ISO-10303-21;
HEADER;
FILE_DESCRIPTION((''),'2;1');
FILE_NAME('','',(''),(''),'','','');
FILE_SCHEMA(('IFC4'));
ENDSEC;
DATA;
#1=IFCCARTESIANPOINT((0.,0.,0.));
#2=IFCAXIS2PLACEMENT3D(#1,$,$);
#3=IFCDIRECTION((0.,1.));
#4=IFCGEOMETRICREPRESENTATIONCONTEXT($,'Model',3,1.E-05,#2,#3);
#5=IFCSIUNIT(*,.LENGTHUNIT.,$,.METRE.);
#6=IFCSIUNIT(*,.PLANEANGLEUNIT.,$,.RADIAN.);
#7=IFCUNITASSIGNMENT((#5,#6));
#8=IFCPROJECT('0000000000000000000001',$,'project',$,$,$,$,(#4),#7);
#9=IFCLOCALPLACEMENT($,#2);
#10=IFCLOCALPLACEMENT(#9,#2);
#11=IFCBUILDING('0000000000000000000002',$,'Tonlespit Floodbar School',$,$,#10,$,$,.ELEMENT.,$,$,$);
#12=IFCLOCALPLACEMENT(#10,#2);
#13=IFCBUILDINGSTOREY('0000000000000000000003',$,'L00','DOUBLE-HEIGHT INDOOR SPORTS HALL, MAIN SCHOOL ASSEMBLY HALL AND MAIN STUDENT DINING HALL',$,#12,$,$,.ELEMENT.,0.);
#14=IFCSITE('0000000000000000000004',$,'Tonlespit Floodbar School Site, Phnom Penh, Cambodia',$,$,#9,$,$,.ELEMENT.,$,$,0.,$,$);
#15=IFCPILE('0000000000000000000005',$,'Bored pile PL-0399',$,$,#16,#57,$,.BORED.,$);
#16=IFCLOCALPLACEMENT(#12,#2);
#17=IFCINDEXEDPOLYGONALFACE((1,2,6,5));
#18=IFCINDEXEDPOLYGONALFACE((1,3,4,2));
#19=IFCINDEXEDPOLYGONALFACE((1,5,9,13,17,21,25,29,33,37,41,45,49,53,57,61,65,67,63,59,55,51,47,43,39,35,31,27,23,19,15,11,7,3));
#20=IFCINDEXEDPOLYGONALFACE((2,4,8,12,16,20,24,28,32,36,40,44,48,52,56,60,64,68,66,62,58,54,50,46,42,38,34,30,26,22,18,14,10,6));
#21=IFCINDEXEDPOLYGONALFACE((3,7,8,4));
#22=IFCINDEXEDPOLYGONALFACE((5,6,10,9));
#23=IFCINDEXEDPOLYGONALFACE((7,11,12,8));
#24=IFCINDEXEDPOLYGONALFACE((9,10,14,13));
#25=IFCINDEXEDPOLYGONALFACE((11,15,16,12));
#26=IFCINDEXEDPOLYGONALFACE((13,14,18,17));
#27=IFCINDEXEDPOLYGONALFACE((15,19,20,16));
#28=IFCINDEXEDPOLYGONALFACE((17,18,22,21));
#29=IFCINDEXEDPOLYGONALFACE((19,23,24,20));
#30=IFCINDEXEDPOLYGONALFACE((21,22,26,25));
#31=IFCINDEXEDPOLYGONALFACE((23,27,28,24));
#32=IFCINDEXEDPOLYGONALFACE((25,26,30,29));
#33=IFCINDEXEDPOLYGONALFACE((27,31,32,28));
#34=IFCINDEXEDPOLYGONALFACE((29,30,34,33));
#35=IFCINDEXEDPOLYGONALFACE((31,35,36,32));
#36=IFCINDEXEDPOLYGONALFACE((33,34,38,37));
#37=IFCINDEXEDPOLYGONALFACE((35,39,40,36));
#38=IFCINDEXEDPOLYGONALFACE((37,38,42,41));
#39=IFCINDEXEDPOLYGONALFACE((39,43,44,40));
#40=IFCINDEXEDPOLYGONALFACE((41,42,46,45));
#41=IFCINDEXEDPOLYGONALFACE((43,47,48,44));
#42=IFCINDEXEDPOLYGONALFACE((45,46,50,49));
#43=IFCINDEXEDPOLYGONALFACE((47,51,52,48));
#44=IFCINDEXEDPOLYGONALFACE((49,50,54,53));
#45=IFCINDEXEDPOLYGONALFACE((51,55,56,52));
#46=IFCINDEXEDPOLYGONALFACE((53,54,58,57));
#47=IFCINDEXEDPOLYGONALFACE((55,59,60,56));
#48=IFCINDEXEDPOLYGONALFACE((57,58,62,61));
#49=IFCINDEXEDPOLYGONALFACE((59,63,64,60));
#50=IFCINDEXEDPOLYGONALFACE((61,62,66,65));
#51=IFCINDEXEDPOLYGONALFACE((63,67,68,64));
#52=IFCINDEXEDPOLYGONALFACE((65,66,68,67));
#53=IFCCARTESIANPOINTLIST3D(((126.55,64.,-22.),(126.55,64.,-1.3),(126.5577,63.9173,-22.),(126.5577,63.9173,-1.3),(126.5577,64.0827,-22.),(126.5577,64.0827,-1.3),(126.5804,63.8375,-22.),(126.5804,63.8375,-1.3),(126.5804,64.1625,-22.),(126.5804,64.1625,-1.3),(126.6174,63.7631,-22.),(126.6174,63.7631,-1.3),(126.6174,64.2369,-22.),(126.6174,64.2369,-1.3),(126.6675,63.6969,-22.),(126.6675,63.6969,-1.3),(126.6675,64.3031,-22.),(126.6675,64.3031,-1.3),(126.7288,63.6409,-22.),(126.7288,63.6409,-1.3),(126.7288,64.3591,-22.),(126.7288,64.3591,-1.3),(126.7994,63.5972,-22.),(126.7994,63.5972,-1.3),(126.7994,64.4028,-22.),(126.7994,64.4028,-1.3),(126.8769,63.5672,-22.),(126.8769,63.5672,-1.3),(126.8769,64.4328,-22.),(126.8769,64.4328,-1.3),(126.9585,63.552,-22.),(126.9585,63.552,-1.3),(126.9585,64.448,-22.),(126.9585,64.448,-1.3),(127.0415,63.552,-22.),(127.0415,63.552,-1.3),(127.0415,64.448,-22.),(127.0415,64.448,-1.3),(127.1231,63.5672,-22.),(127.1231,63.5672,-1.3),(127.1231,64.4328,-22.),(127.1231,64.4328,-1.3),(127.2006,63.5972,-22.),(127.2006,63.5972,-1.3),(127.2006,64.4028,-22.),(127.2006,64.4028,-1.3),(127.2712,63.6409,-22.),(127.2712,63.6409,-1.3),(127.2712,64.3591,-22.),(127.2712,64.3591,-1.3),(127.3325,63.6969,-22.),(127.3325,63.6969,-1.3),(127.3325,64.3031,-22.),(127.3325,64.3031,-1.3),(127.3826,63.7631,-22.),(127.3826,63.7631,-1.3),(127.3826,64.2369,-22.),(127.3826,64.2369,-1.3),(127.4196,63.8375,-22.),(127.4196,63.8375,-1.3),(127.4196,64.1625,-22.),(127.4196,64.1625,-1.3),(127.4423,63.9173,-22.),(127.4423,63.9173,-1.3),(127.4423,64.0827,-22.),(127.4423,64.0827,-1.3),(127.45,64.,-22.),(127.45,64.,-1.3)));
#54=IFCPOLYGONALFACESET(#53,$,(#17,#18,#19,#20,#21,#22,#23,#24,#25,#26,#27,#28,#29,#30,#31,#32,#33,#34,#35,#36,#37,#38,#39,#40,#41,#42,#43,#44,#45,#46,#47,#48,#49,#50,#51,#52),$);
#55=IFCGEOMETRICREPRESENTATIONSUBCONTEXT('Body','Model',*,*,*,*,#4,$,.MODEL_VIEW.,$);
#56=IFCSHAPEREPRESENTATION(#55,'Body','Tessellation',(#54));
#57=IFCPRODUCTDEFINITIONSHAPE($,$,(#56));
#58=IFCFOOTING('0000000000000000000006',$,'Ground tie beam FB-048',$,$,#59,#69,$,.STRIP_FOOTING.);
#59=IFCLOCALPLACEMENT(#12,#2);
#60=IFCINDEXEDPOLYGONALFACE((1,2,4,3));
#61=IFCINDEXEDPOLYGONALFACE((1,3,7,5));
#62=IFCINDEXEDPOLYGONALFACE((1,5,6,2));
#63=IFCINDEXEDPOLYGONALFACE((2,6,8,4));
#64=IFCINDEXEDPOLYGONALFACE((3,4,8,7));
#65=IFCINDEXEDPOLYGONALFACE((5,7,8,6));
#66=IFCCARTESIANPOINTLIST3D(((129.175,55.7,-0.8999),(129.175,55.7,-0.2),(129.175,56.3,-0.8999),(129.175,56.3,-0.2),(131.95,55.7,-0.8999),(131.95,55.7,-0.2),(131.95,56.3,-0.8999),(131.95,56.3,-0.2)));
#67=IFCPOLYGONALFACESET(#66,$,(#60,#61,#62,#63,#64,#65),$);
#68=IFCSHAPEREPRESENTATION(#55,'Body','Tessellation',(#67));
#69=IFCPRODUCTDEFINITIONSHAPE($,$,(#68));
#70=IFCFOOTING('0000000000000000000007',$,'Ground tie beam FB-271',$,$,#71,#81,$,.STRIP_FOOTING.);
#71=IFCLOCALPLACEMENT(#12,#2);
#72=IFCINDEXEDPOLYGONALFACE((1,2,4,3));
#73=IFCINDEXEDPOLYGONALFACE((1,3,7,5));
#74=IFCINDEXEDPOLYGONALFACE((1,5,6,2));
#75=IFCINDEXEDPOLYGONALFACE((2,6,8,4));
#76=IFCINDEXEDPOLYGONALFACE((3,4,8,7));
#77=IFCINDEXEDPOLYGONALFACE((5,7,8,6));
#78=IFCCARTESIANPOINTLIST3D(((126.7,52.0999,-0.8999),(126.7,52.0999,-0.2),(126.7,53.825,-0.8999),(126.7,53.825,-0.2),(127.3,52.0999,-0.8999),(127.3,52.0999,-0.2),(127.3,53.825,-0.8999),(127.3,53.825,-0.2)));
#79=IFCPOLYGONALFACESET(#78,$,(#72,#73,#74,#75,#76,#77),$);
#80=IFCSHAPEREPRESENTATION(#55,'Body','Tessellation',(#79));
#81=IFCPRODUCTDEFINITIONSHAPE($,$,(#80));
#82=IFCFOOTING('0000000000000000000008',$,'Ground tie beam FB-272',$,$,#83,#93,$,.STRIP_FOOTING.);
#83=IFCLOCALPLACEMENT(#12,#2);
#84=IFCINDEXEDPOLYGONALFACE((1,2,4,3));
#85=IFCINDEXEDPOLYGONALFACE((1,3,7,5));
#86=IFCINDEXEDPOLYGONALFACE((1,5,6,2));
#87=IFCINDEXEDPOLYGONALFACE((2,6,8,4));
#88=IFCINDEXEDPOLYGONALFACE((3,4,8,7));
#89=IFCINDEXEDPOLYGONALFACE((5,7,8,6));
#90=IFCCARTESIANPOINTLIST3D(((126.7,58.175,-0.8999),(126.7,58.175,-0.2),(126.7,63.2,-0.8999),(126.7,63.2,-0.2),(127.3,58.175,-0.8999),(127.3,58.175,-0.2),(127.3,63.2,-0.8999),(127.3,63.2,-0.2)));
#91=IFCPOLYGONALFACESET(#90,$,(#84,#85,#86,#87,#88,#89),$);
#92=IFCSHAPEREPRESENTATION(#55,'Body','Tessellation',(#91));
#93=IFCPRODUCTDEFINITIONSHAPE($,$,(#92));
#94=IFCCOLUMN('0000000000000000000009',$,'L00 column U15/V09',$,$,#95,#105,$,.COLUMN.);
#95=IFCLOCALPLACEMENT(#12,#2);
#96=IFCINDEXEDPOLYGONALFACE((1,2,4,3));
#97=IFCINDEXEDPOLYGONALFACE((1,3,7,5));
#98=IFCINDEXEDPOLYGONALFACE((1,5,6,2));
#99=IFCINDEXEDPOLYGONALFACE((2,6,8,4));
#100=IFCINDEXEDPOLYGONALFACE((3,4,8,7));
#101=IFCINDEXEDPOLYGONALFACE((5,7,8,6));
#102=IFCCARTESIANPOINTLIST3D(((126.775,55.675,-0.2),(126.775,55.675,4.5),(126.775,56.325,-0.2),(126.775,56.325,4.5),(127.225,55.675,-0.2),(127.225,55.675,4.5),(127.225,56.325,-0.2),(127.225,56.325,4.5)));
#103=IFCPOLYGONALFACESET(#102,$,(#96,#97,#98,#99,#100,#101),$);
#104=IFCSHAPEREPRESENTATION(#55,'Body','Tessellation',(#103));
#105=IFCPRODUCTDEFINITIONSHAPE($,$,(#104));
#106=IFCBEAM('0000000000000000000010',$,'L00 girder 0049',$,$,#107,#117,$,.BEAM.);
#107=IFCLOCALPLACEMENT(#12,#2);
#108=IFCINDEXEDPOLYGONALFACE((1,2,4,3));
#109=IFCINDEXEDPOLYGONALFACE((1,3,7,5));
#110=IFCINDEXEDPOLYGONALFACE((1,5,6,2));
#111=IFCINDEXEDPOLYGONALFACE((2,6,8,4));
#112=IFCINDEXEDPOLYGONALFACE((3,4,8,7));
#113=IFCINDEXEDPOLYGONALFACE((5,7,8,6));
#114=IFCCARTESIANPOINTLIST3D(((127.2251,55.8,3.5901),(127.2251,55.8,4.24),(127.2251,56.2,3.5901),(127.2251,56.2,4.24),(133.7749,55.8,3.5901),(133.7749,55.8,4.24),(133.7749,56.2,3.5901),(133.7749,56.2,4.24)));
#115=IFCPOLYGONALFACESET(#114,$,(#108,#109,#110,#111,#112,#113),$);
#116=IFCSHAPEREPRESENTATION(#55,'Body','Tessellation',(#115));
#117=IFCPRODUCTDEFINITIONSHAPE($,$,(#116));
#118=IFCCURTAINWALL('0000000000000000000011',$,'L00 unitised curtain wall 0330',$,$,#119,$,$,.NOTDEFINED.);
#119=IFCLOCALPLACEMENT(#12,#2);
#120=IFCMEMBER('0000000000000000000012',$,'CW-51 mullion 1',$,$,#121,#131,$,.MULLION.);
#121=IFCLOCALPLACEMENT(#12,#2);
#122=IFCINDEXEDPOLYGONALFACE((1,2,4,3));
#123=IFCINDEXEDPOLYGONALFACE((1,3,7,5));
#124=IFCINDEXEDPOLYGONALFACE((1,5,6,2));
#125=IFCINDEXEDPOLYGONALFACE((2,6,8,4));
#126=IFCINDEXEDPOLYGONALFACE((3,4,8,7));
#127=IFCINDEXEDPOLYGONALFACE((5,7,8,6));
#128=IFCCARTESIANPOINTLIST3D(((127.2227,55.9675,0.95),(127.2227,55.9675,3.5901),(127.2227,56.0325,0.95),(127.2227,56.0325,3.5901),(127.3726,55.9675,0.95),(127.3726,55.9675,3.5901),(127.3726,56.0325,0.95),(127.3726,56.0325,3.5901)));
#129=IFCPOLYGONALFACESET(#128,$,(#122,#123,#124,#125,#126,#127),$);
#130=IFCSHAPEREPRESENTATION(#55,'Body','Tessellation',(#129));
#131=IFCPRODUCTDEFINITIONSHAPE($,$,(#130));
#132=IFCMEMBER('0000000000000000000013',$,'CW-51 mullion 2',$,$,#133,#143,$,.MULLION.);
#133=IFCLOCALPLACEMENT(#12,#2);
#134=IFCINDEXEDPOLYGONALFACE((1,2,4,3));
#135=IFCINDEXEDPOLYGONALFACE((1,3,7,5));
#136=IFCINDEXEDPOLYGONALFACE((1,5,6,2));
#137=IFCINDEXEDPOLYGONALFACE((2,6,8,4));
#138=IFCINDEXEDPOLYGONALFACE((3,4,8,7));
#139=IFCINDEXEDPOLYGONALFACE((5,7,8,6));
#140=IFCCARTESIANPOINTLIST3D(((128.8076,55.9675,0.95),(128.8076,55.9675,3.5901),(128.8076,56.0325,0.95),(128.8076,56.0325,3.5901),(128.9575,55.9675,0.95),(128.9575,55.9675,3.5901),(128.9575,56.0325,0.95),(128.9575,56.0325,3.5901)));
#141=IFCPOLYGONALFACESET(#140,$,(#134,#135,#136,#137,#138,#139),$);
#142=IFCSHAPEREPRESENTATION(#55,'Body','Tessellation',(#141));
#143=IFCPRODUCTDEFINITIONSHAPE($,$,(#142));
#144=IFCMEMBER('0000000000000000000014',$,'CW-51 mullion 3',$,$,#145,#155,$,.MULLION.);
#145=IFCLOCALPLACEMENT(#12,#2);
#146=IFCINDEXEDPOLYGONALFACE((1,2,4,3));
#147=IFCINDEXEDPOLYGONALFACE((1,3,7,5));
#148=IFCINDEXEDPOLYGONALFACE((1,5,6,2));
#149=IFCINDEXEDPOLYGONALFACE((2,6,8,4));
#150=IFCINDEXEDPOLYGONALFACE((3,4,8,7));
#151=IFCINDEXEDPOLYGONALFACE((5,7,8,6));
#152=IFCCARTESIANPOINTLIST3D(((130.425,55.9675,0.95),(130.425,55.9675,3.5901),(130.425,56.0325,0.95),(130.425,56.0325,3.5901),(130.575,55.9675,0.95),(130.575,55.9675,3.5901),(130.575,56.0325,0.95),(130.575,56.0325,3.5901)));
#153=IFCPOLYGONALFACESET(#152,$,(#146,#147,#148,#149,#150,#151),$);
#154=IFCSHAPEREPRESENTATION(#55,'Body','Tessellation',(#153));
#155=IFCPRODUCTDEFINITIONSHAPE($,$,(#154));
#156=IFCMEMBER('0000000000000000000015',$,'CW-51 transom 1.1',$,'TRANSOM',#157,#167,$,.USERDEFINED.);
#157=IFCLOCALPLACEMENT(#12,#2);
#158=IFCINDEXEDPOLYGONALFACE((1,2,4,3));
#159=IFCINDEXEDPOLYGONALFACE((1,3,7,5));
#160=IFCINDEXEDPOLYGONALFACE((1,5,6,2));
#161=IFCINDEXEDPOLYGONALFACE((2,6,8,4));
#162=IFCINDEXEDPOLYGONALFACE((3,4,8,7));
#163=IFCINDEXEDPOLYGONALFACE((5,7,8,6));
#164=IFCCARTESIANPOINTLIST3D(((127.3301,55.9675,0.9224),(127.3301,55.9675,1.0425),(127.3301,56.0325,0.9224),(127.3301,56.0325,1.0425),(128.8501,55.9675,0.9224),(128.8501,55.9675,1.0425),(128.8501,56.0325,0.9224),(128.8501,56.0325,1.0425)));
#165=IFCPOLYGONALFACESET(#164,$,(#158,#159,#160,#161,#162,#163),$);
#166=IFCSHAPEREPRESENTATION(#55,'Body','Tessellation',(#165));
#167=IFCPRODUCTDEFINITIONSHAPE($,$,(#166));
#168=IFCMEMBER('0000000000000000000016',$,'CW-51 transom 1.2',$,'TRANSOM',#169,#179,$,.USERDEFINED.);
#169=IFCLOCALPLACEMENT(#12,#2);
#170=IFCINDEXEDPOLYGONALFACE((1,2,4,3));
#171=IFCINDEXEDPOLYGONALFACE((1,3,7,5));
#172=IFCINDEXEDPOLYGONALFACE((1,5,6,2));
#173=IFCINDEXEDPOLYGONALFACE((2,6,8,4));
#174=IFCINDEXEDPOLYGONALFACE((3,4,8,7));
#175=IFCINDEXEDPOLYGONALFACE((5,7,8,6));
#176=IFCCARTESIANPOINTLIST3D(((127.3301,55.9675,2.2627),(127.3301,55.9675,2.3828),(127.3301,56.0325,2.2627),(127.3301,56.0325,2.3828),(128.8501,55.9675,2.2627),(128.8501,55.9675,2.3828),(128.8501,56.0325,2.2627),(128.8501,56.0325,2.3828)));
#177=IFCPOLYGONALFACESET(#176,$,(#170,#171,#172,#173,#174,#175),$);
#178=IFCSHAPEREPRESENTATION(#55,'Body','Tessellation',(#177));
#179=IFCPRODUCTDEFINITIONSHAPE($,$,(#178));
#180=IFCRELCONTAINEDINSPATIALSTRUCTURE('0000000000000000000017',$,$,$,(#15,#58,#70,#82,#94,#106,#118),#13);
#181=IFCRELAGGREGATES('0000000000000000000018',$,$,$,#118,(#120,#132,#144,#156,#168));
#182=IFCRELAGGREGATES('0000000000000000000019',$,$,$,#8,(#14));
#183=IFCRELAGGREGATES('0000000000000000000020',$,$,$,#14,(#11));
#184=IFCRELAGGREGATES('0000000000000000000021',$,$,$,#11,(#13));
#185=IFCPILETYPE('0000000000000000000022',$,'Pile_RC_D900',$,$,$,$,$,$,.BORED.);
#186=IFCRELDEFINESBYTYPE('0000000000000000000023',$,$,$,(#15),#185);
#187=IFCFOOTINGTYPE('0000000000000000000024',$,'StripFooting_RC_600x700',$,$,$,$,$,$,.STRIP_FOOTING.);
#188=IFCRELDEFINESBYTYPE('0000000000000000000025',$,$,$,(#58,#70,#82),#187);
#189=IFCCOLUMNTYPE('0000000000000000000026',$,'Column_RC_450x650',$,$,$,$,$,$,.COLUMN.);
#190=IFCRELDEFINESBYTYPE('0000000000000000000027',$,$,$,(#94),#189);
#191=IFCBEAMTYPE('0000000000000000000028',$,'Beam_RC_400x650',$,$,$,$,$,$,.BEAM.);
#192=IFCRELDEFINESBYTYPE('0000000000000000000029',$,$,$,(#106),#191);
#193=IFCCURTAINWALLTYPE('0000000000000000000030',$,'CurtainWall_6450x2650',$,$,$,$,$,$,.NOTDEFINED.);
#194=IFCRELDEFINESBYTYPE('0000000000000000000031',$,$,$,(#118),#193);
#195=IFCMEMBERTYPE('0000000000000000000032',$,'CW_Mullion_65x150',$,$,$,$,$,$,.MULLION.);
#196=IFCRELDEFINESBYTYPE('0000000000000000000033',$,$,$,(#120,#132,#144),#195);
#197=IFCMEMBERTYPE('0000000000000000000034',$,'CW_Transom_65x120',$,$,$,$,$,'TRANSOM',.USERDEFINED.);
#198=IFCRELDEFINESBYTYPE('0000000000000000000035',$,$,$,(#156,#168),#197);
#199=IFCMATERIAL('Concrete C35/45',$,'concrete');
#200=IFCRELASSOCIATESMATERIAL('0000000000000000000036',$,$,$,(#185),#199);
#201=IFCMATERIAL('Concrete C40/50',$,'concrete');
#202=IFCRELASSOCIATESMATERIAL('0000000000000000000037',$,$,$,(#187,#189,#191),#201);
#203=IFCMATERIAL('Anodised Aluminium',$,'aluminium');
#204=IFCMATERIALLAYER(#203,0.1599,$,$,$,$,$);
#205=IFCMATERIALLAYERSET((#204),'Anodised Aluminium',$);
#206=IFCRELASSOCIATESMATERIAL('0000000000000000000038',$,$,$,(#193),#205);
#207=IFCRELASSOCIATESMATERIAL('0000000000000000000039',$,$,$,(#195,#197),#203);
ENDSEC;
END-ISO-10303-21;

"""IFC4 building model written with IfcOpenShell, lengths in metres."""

from ifc_helpers import new_model, si_unit, direction, frame, origin, origin_2d, place, context, subcontext, project, spatial, rectangle, circle, extrude, material, layer, layer_set, material_profile, profile_set, type_object, element, aggregate, save


model = new_model("IFC4")

# Units and contexts
model_context = context("Model", 3, precision=1e-05, world=origin(), true_north=direction((0.0, 1.0)))
body_context = subcontext(model_context, "Body", "Model", "MODEL_VIEW")
ifc_project = project(units=[si_unit("LENGTHUNIT", "METRE"), si_unit("PLANEANGLEUNIT", "RADIAN")], contexts=[model_context])

# Site, building, storey
site_placement = place(None, origin())
site = spatial("IfcSite", under=ifc_project, at=site_placement, Name="Tonlespit Floodbar School Site, Phnom Penh, Cambodia", CompositionType="ELEMENT", RefElevation=0.0)
building_placement = place(site_placement, origin())
building = spatial("IfcBuilding", under=site, at=building_placement, Name="Tonlespit Floodbar School", CompositionType="ELEMENT")
storey_placement = place(building_placement, origin())
storey = spatial("IfcBuildingStorey", under=building, at=storey_placement, Name="L00", Description="DOUBLE-HEIGHT INDOOR SPORTS HALL, MAIN SCHOOL ASSEMBLY HALL AND MAIN STUDENT DINING HALL", CompositionType="ELEMENT", Elevation=0.0)

# Shared definitions
ifc_material_1 = material(Name="Concrete C40/50", Category="concrete")

# Pile
ifc_material_2 = material(Name="Concrete C35/45", Category="concrete")
ifc_material_profile_1 = material_profile(ifc_material_2, circle(Radius=0.45, at=origin_2d()), Name="BP D900")
ifc_profile_set_1 = profile_set([ifc_material_profile_1], Name="Concrete C35/45")
pile_type = type_object("IfcPileType", Name="Pile_RC_D900", PredefinedType="BORED", material=ifc_profile_set_1)
for number, where, z_axis, x_axis, name in (
    (1, (127.0, 64.0, -1.3), (0.0, 0.0, -1.0), (1.0, 0.0, 0.0), "Bored pile PL-0399"),
):
    element("IfcPile", number, at=place(storey_placement, frame(where, z_axis=z_axis, x_axis=x_axis)), inside=storey, type_object=pile_type, Name=name, PredefinedType="BORED", context=body_context, shape_type="SweptSolid", body=[
        extrude(circle(Radius=0.45, at=origin_2d()), origin(), (0.0, 0.0, 1.0), 20.7),
    ])

# Footings
footing_type_1 = type_object("IfcFootingType", Name="StripFooting_RC_600x700", PredefinedType="STRIP_FOOTING", material=ifc_material_1)
footing_1_placement = place(storey_placement, frame((130.5625, 56.0, -0.8999), z_axis=(0.0, 0.0, 1.0), x_axis=(1.0, 0.0, 0.0)))
element("IfcFooting", 2, at=footing_1_placement, inside=storey, type_object=footing_type_1, Name="Ground tie beam FB-048", PredefinedType="STRIP_FOOTING", context=body_context, shape_type="SweptSolid", body=[
    extrude(rectangle(XDim=2.7749, YDim=0.6001, at=origin_2d()), origin(), (0.0, 0.0, 1.0), 0.7),
])
footing_2_placement = place(storey_placement, frame((127.0, 52.9624, -0.8999), z_axis=(0.0, 0.0, 1.0), x_axis=(0.0, 1.0, 0.0)))
element("IfcFooting", 3, at=footing_2_placement, inside=storey, type_object=footing_type_1, Name="Ground tie beam FB-271", PredefinedType="STRIP_FOOTING", context=body_context, shape_type="SweptSolid", body=[
    extrude(rectangle(XDim=1.7251, YDim=0.6001, at=origin_2d()), origin(), (0.0, 0.0, 1.0), 0.7),
])
footing_3_placement = place(storey_placement, frame((127.0, 60.6875, -0.8999), z_axis=(0.0, 0.0, 1.0), x_axis=(0.0, 1.0, 0.0)))
element("IfcFooting", 4, at=footing_3_placement, inside=storey, type_object=footing_type_1, Name="Ground tie beam FB-272", PredefinedType="STRIP_FOOTING", context=body_context, shape_type="SweptSolid", body=[
    extrude(rectangle(XDim=5.0249, YDim=0.6001, at=origin_2d()), origin(), (0.0, 0.0, 1.0), 0.7),
])

# Column
ifc_material_profile_2 = material_profile(ifc_material_1, rectangle(XDim=0.45, YDim=0.6499, at=origin_2d()), Name="RC 450x650")
ifc_profile_set_2 = profile_set([ifc_material_profile_2], Name="Concrete C40/50")
column_type = type_object("IfcColumnType", Name="Column_RC_450x650", PredefinedType="COLUMN", material=ifc_profile_set_2)
column_placement = place(storey_placement, frame((127.0, 56.0, -0.2), z_axis=(0.0, 0.0, 1.0), x_axis=(1.0, 0.0, 0.0)))
element("IfcColumn", 5, at=column_placement, inside=storey, type_object=column_type, Name="L00 column U15/V09", PredefinedType="COLUMN", context=body_context, shape_type="SweptSolid", body=[
    extrude(rectangle(XDim=0.45, YDim=0.6499, at=origin_2d()), origin(), (0.0, 0.0, 1.0), 4.7),
])

# Beam
ifc_material_profile_3 = material_profile(ifc_material_1, rectangle(XDim=0.3999, YDim=0.6499, at=origin_2d()), Name="RC 400x650")
ifc_profile_set_3 = profile_set([ifc_material_profile_3], Name="Concrete C40/50")
beam_type_1 = type_object("IfcBeamType", Name="Beam_RC_400x650", PredefinedType="BEAM", material=ifc_profile_set_3)
beam_1_placement = place(storey_placement, frame((127.2251, 56.0, 3.915), z_axis=(1.0, 0.0, 0.0), x_axis=(0.0, 1.0, 0.0)))
element("IfcBeam", 6, at=beam_1_placement, inside=storey, type_object=beam_type_1, Name="L00 girder 0049", PredefinedType="BEAM", context=body_context, shape_type="SweptSolid", body=[
    extrude(rectangle(XDim=0.3999, YDim=0.6499, at=origin_2d()), origin(), (0.0, 0.0, 1.0), 6.5498),
])

# Curtain wall, members
ifc_material_3 = material(Name="Anodised Aluminium", Category="aluminium")
ifc_layer_1 = layer(ifc_material_3, 0.1599)
ifc_layer_set_1 = layer_set([ifc_layer_1], Name="Anodised Aluminium")
curtain_wall_type = type_object("IfcCurtainWallType", Name="CurtainWall_6450x2650", PredefinedType="NOTDEFINED", material=ifc_layer_set_1)
curtain_wall_placement = place(storey_placement, origin())
curtain_wall = element("IfcCurtainWall", 7, at=curtain_wall_placement, inside=storey, type_object=curtain_wall_type, Name="L00 unitised curtain wall 0330", PredefinedType="NOTDEFINED")
ifc_material_profile_4 = material_profile(ifc_material_3, rectangle(XDim=0.0649, YDim=0.1499, at=origin_2d()), Name="ALU M65x150")
ifc_profile_set_4 = profile_set([ifc_material_profile_4], Name="Anodised Aluminium")
member_type_1 = type_object("IfcMemberType", Name="CW_Mullion_65x150", PredefinedType="MULLION", material=ifc_profile_set_4)
member_1_placement = place(storey_placement, frame((127.2976, 56.0, 0.95), z_axis=(0.0, 0.0, 1.0), x_axis=(0.0, 1.0, 0.0)))
member_1 = element("IfcMember", 8, at=member_1_placement, type_object=member_type_1, Name="CW-51 mullion 1", PredefinedType="MULLION", context=body_context, shape_type="SweptSolid", body=[
    extrude(rectangle(XDim=0.0649, YDim=0.1499, at=origin_2d()), origin(), (0.0, 0.0, 1.0), 2.6401),
])
member_2_placement = place(storey_placement, frame((128.8826, 56.0, 0.95), z_axis=(0.0, 0.0, 1.0), x_axis=(0.0, 1.0, 0.0)))
member_2 = element("IfcMember", 9, at=member_2_placement, type_object=member_type_1, Name="CW-51 mullion 2", PredefinedType="MULLION", context=body_context, shape_type="SweptSolid", body=[
    extrude(rectangle(XDim=0.0649, YDim=0.1499, at=origin_2d()), origin(), (0.0, 0.0, 1.0), 2.6401),
])
member_3_placement = place(storey_placement, frame((130.5, 56.0, 0.95), z_axis=(0.0, 0.0, 1.0), x_axis=(0.0, 1.0, 0.0)))
member_3 = element("IfcMember", 10, at=member_3_placement, type_object=member_type_1, Name="CW-51 mullion 3", PredefinedType="MULLION", context=body_context, shape_type="SweptSolid", body=[
    extrude(rectangle(XDim=0.0649, YDim=0.1499, at=origin_2d()), origin(), (0.0, 0.0, 1.0), 2.6401),
])
ifc_material_profile_5 = material_profile(ifc_material_3, rectangle(XDim=0.0649, YDim=0.1201, at=origin_2d()), Name="ALU T65x120")
ifc_profile_set_5 = profile_set([ifc_material_profile_5], Name="Anodised Aluminium")
member_type_2 = type_object("IfcMemberType", Name="CW_Transom_65x120", ElementType="TRANSOM", PredefinedType="USERDEFINED", material=ifc_profile_set_5)
member_4_placement = place(storey_placement, frame((127.3301, 56.0, 0.9824), z_axis=(1.0, 0.0, 0.0), x_axis=(0.0, 1.0, 0.0)))
member_4 = element("IfcMember", 11, at=member_4_placement, type_object=member_type_2, Name="CW-51 transom 1.1", ObjectType="TRANSOM", PredefinedType="USERDEFINED", context=body_context, shape_type="SweptSolid", body=[
    extrude(rectangle(XDim=0.0649, YDim=0.1201, at=origin_2d()), origin(), (0.0, 0.0, 1.0), 1.52),
])
member_5_placement = place(storey_placement, frame((127.3301, 56.0, 2.3228), z_axis=(1.0, 0.0, 0.0), x_axis=(0.0, 1.0, 0.0)))
member_5 = element("IfcMember", 12, at=member_5_placement, type_object=member_type_2, Name="CW-51 transom 1.2", ObjectType="TRANSOM", PredefinedType="USERDEFINED", context=body_context, shape_type="SweptSolid", body=[
    extrude(rectangle(XDim=0.0649, YDim=0.1201, at=origin_2d()), origin(), (0.0, 0.0, 1.0), 1.52),
])

aggregate(curtain_wall, [member_1, member_2, member_3, member_4, member_5])

save(model, "model.ifc")
